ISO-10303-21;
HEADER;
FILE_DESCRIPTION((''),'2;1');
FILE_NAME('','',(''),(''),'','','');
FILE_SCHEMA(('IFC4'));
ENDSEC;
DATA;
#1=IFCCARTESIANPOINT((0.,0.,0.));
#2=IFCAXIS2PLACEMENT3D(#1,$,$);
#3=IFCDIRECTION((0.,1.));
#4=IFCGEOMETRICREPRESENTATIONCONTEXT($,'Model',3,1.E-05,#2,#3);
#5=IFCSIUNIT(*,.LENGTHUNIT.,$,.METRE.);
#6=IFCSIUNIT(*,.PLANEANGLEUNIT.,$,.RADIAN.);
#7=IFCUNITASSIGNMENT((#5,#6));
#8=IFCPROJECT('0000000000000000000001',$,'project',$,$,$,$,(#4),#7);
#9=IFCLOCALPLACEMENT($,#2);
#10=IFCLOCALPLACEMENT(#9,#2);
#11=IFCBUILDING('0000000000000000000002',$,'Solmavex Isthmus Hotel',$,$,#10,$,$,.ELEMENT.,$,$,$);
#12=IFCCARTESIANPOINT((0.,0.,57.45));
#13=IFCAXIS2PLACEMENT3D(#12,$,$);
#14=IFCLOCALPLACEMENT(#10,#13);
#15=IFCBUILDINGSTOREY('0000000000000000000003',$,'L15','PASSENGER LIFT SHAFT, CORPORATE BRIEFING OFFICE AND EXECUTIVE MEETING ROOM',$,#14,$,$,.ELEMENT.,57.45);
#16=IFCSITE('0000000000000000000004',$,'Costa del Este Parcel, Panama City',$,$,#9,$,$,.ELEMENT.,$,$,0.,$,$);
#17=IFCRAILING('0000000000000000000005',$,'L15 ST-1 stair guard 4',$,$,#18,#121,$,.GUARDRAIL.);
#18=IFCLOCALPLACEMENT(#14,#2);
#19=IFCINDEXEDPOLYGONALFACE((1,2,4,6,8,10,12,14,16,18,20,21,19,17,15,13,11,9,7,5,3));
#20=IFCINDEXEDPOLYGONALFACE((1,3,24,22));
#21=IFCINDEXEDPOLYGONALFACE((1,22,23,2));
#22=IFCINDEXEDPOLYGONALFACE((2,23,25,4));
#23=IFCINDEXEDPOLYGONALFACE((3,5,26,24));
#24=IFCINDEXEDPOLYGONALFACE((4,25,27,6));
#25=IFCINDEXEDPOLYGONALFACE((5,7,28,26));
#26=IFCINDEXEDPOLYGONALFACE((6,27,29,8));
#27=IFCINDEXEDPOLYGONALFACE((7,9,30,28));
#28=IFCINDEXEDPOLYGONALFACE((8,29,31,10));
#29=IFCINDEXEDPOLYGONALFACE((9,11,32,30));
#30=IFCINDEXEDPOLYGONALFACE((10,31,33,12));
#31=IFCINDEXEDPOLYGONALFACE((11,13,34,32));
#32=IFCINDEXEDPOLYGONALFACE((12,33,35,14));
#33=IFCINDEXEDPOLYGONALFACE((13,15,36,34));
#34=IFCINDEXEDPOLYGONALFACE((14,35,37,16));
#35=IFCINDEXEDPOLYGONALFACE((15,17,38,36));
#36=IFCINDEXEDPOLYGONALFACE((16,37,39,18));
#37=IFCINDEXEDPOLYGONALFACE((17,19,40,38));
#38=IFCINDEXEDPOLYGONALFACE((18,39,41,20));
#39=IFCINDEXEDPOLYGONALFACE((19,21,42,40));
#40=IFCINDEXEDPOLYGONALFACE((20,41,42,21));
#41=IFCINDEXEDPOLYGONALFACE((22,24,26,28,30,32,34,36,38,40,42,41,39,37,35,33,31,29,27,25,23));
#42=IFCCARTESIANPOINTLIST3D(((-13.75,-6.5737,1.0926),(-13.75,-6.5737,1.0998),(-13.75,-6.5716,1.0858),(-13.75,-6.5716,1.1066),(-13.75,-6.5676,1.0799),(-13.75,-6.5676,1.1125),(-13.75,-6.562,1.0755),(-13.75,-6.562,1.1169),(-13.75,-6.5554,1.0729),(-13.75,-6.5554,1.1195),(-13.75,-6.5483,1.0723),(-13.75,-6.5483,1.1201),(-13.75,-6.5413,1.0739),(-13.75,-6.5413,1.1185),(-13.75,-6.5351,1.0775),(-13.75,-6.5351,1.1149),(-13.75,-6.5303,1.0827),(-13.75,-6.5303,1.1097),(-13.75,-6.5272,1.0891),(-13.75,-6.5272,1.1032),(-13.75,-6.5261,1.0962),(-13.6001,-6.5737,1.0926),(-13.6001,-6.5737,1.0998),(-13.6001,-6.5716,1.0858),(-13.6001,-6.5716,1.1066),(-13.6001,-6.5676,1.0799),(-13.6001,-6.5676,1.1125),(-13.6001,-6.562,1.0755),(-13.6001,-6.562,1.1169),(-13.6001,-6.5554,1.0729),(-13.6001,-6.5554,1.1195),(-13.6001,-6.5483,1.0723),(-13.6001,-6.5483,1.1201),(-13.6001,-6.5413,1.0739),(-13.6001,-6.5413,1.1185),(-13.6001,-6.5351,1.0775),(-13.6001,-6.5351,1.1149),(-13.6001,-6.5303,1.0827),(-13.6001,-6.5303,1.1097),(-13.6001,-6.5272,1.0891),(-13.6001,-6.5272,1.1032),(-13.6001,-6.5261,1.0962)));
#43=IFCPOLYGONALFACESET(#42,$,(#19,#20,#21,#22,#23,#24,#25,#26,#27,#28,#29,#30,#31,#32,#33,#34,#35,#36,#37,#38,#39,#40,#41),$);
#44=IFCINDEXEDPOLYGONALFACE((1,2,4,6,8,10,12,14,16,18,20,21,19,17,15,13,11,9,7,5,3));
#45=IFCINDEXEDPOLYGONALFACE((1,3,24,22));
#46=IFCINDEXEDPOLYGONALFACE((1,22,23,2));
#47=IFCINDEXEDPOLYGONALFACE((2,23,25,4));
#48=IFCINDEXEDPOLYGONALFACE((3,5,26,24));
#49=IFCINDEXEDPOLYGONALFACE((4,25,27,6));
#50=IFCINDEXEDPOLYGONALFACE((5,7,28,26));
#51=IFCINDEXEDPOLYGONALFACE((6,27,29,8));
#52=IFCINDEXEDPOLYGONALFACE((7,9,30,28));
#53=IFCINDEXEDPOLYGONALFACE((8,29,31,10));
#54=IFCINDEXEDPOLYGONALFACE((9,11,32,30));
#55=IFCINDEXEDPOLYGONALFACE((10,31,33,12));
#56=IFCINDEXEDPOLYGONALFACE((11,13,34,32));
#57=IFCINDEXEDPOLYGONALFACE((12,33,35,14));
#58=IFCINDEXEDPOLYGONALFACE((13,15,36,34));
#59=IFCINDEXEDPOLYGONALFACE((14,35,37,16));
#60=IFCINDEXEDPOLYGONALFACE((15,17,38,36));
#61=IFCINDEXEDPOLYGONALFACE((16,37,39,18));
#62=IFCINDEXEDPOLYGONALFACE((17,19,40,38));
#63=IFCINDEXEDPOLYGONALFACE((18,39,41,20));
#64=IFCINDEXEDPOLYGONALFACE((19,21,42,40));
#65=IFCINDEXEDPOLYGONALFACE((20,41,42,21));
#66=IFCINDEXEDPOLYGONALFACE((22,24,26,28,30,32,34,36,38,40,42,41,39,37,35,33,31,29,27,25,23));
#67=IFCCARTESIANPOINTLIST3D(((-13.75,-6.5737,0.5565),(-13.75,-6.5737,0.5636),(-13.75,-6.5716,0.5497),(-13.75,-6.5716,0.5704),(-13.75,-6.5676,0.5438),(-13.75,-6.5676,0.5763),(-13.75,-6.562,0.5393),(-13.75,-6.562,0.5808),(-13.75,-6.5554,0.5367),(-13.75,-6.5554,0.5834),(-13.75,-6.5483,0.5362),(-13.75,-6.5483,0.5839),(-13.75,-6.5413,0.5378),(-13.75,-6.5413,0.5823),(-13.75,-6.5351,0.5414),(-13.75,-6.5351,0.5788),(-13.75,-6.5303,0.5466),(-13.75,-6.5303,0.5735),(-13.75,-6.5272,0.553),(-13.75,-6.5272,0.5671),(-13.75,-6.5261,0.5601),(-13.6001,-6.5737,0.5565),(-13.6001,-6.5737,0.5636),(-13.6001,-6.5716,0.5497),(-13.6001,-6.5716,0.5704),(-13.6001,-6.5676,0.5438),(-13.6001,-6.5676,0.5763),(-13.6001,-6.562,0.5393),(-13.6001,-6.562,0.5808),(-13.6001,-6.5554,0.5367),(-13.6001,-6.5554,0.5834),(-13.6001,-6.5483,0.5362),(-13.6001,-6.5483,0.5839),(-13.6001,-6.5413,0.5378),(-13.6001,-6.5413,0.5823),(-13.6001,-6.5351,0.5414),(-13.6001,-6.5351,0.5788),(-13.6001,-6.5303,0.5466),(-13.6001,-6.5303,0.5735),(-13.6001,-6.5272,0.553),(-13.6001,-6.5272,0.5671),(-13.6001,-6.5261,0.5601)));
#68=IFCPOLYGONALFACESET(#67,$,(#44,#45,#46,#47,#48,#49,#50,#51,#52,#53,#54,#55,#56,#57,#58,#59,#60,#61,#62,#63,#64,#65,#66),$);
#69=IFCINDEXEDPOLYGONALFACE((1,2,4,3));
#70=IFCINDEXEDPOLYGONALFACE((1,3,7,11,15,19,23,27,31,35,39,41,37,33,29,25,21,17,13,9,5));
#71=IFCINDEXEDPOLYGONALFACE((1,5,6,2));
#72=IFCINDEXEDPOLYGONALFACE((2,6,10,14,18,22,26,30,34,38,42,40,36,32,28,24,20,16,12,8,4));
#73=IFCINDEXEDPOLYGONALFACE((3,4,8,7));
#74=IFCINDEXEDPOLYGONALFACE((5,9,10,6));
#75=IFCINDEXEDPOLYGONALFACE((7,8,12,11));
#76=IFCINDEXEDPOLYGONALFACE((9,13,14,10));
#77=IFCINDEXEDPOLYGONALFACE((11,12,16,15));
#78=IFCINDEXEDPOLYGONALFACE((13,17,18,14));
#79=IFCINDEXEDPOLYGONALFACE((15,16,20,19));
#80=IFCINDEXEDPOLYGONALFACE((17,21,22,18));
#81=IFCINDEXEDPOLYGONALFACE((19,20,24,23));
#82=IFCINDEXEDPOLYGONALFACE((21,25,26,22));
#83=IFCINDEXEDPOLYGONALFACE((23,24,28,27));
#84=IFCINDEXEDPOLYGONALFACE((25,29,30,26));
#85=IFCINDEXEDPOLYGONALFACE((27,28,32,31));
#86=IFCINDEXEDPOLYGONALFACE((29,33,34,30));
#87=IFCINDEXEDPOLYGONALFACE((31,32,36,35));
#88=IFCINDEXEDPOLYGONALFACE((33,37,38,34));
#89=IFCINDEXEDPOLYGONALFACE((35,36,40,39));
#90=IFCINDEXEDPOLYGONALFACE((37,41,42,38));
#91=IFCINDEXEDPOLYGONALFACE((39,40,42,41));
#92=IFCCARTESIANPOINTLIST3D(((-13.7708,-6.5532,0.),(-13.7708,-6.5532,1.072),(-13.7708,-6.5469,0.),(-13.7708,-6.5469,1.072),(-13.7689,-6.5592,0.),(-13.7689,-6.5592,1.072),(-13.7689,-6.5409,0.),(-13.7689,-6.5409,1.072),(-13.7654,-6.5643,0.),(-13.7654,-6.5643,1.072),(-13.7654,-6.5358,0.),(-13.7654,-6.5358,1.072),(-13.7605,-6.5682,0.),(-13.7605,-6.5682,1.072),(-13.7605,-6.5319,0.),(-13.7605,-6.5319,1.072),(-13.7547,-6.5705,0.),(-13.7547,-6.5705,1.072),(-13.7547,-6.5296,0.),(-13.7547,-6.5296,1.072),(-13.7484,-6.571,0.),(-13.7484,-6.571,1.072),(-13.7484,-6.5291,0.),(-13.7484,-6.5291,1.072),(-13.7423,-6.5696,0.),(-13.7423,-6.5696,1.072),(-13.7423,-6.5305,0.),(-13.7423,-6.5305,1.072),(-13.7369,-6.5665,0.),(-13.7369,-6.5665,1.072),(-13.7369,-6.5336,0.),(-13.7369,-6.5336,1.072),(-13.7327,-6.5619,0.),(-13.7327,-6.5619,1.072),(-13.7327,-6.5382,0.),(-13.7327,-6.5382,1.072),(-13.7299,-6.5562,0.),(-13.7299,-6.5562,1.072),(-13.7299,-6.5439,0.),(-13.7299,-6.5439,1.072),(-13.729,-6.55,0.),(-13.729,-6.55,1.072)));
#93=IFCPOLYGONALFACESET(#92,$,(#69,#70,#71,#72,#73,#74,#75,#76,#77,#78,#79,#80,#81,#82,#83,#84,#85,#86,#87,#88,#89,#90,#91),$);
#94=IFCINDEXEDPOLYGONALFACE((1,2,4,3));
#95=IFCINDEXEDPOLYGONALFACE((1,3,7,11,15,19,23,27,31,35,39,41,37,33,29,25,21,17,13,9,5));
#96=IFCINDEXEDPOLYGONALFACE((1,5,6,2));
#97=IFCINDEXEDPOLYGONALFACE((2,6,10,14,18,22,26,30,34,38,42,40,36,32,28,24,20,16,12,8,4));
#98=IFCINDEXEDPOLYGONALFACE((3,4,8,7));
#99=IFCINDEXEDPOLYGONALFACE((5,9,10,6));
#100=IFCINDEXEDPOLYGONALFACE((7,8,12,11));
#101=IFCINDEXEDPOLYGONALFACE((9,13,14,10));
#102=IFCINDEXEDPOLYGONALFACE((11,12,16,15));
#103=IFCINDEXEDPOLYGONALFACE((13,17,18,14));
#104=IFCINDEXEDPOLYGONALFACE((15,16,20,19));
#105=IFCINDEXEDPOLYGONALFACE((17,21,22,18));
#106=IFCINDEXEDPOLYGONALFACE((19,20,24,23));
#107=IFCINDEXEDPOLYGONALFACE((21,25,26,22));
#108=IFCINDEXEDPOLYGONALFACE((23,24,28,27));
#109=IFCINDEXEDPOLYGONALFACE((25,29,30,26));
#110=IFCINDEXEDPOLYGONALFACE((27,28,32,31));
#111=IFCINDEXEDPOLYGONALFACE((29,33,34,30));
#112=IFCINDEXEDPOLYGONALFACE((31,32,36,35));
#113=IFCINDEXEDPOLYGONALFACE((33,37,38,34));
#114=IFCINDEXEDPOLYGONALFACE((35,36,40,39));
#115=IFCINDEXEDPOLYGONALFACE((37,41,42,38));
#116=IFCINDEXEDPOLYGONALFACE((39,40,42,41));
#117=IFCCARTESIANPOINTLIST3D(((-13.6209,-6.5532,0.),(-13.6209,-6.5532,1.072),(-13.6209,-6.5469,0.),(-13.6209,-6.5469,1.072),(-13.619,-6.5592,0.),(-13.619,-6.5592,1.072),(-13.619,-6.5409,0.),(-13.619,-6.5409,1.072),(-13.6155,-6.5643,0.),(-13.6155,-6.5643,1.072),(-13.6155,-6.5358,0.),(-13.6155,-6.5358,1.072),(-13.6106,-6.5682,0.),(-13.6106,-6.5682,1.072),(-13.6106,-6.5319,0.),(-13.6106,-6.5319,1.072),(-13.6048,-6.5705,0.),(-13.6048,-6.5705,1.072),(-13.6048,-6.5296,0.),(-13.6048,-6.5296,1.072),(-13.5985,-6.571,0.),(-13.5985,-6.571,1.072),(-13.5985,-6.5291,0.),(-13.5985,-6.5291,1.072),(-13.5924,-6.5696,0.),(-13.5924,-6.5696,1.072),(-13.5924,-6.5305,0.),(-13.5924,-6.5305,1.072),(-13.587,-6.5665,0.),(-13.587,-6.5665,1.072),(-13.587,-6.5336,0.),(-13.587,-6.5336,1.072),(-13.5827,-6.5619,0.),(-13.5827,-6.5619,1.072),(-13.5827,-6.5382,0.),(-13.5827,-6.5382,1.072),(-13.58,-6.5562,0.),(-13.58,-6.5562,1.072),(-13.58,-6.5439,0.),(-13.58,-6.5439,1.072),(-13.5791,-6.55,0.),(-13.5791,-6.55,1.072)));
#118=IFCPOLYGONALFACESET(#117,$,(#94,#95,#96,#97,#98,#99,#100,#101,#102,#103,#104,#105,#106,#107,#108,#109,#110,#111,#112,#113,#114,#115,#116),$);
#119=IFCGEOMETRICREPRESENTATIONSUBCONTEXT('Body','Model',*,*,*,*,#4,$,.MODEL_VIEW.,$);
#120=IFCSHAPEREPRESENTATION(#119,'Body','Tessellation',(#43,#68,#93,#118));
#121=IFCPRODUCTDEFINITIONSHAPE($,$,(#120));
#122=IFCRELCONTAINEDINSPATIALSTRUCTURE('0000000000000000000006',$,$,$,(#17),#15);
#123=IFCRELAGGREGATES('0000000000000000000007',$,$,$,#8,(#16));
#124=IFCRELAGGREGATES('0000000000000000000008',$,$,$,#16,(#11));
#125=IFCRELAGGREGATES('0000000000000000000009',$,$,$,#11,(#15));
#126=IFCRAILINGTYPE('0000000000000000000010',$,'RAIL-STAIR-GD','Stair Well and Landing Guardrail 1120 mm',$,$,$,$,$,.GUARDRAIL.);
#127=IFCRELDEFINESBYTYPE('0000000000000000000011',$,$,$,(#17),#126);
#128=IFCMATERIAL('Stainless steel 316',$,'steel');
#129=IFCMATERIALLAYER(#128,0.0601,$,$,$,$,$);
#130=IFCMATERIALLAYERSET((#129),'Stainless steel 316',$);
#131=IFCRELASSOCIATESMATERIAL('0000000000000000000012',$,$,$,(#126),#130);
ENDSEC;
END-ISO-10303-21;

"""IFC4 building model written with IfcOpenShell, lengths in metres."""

from ifc_helpers import new_model, si_unit, direction, frame, origin, origin_2d, place, context, subcontext, project, spatial, circle, extrude, material, layer, layer_set, type_object, element, save


model = new_model("IFC4")

# Units and contexts
model_context = context("Model", 3, precision=1e-05, world=origin(), true_north=direction((0.0, 1.0)))
body_context = subcontext(model_context, "Body", "Model", "MODEL_VIEW")
ifc_project = project(units=[si_unit("LENGTHUNIT", "METRE"), si_unit("PLANEANGLEUNIT", "RADIAN")], contexts=[model_context])

# Site, building, storey
site_placement = place(None, origin())
site = spatial("IfcSite", under=ifc_project, at=site_placement, Name="Costa del Este Parcel, Panama City", CompositionType="ELEMENT", RefElevation=0.0)
building_placement = place(site_placement, origin())
building = spatial("IfcBuilding", under=site, at=building_placement, Name="Solmavex Isthmus Hotel", CompositionType="ELEMENT")
storey_placement = place(building_placement, frame((0.0, 0.0, 57.45)))
storey = spatial("IfcBuildingStorey", under=building, at=storey_placement, Name="L15", Description="PASSENGER LIFT SHAFT, CORPORATE BRIEFING OFFICE AND EXECUTIVE MEETING ROOM", CompositionType="ELEMENT", Elevation=57.45)

# Shared definitions
ifc_material_1 = material(Name="Stainless steel 316", Category="steel")

# Railing
ifc_layer_1 = layer(ifc_material_1, 0.0601)
ifc_layer_set_1 = layer_set([ifc_layer_1], Name="Stainless steel 316")
railing_type_1 = type_object("IfcRailingType", Name="RAIL-STAIR-GD", Description="Stair Well and Landing Guardrail 1120 mm", PredefinedType="GUARDRAIL", material=ifc_layer_set_1)
railing_1_placement = place(storey_placement, frame((-13.75, -6.55, 0.0)))
element("IfcRailing", 1, at=railing_1_placement, inside=storey, type_object=railing_type_1, Name="L15 ST-1 stair guard 4", PredefinedType="GUARDRAIL", context=body_context, shape_type="SweptSolid", body=[
    extrude(circle(Radius=0.0239, at=origin_2d()), frame((0.0, 0.0, 1.0962), z_axis=(1.0, 0.0, 0.0), x_axis=(0.0, 1.0, 0.0)), (0.0, 0.0, 1.0), 0.1499),
    extrude(circle(Radius=0.0239, at=origin_2d()), frame((0.0, 0.0, 0.5601), z_axis=(1.0, 0.0, 0.0), x_axis=(0.0, 1.0, 0.0)), (0.0, 0.0, 1.0), 0.1499),
    extrude(circle(Radius=0.021, at=origin_2d()), origin(), (0.0, 0.0, 1.0), 1.072),
    extrude(circle(Radius=0.021, at=origin_2d()), frame((0.1499, 0.0, 0.0)), (0.0, 0.0, 1.0), 1.072),
])

save(model, "model.ifc")
